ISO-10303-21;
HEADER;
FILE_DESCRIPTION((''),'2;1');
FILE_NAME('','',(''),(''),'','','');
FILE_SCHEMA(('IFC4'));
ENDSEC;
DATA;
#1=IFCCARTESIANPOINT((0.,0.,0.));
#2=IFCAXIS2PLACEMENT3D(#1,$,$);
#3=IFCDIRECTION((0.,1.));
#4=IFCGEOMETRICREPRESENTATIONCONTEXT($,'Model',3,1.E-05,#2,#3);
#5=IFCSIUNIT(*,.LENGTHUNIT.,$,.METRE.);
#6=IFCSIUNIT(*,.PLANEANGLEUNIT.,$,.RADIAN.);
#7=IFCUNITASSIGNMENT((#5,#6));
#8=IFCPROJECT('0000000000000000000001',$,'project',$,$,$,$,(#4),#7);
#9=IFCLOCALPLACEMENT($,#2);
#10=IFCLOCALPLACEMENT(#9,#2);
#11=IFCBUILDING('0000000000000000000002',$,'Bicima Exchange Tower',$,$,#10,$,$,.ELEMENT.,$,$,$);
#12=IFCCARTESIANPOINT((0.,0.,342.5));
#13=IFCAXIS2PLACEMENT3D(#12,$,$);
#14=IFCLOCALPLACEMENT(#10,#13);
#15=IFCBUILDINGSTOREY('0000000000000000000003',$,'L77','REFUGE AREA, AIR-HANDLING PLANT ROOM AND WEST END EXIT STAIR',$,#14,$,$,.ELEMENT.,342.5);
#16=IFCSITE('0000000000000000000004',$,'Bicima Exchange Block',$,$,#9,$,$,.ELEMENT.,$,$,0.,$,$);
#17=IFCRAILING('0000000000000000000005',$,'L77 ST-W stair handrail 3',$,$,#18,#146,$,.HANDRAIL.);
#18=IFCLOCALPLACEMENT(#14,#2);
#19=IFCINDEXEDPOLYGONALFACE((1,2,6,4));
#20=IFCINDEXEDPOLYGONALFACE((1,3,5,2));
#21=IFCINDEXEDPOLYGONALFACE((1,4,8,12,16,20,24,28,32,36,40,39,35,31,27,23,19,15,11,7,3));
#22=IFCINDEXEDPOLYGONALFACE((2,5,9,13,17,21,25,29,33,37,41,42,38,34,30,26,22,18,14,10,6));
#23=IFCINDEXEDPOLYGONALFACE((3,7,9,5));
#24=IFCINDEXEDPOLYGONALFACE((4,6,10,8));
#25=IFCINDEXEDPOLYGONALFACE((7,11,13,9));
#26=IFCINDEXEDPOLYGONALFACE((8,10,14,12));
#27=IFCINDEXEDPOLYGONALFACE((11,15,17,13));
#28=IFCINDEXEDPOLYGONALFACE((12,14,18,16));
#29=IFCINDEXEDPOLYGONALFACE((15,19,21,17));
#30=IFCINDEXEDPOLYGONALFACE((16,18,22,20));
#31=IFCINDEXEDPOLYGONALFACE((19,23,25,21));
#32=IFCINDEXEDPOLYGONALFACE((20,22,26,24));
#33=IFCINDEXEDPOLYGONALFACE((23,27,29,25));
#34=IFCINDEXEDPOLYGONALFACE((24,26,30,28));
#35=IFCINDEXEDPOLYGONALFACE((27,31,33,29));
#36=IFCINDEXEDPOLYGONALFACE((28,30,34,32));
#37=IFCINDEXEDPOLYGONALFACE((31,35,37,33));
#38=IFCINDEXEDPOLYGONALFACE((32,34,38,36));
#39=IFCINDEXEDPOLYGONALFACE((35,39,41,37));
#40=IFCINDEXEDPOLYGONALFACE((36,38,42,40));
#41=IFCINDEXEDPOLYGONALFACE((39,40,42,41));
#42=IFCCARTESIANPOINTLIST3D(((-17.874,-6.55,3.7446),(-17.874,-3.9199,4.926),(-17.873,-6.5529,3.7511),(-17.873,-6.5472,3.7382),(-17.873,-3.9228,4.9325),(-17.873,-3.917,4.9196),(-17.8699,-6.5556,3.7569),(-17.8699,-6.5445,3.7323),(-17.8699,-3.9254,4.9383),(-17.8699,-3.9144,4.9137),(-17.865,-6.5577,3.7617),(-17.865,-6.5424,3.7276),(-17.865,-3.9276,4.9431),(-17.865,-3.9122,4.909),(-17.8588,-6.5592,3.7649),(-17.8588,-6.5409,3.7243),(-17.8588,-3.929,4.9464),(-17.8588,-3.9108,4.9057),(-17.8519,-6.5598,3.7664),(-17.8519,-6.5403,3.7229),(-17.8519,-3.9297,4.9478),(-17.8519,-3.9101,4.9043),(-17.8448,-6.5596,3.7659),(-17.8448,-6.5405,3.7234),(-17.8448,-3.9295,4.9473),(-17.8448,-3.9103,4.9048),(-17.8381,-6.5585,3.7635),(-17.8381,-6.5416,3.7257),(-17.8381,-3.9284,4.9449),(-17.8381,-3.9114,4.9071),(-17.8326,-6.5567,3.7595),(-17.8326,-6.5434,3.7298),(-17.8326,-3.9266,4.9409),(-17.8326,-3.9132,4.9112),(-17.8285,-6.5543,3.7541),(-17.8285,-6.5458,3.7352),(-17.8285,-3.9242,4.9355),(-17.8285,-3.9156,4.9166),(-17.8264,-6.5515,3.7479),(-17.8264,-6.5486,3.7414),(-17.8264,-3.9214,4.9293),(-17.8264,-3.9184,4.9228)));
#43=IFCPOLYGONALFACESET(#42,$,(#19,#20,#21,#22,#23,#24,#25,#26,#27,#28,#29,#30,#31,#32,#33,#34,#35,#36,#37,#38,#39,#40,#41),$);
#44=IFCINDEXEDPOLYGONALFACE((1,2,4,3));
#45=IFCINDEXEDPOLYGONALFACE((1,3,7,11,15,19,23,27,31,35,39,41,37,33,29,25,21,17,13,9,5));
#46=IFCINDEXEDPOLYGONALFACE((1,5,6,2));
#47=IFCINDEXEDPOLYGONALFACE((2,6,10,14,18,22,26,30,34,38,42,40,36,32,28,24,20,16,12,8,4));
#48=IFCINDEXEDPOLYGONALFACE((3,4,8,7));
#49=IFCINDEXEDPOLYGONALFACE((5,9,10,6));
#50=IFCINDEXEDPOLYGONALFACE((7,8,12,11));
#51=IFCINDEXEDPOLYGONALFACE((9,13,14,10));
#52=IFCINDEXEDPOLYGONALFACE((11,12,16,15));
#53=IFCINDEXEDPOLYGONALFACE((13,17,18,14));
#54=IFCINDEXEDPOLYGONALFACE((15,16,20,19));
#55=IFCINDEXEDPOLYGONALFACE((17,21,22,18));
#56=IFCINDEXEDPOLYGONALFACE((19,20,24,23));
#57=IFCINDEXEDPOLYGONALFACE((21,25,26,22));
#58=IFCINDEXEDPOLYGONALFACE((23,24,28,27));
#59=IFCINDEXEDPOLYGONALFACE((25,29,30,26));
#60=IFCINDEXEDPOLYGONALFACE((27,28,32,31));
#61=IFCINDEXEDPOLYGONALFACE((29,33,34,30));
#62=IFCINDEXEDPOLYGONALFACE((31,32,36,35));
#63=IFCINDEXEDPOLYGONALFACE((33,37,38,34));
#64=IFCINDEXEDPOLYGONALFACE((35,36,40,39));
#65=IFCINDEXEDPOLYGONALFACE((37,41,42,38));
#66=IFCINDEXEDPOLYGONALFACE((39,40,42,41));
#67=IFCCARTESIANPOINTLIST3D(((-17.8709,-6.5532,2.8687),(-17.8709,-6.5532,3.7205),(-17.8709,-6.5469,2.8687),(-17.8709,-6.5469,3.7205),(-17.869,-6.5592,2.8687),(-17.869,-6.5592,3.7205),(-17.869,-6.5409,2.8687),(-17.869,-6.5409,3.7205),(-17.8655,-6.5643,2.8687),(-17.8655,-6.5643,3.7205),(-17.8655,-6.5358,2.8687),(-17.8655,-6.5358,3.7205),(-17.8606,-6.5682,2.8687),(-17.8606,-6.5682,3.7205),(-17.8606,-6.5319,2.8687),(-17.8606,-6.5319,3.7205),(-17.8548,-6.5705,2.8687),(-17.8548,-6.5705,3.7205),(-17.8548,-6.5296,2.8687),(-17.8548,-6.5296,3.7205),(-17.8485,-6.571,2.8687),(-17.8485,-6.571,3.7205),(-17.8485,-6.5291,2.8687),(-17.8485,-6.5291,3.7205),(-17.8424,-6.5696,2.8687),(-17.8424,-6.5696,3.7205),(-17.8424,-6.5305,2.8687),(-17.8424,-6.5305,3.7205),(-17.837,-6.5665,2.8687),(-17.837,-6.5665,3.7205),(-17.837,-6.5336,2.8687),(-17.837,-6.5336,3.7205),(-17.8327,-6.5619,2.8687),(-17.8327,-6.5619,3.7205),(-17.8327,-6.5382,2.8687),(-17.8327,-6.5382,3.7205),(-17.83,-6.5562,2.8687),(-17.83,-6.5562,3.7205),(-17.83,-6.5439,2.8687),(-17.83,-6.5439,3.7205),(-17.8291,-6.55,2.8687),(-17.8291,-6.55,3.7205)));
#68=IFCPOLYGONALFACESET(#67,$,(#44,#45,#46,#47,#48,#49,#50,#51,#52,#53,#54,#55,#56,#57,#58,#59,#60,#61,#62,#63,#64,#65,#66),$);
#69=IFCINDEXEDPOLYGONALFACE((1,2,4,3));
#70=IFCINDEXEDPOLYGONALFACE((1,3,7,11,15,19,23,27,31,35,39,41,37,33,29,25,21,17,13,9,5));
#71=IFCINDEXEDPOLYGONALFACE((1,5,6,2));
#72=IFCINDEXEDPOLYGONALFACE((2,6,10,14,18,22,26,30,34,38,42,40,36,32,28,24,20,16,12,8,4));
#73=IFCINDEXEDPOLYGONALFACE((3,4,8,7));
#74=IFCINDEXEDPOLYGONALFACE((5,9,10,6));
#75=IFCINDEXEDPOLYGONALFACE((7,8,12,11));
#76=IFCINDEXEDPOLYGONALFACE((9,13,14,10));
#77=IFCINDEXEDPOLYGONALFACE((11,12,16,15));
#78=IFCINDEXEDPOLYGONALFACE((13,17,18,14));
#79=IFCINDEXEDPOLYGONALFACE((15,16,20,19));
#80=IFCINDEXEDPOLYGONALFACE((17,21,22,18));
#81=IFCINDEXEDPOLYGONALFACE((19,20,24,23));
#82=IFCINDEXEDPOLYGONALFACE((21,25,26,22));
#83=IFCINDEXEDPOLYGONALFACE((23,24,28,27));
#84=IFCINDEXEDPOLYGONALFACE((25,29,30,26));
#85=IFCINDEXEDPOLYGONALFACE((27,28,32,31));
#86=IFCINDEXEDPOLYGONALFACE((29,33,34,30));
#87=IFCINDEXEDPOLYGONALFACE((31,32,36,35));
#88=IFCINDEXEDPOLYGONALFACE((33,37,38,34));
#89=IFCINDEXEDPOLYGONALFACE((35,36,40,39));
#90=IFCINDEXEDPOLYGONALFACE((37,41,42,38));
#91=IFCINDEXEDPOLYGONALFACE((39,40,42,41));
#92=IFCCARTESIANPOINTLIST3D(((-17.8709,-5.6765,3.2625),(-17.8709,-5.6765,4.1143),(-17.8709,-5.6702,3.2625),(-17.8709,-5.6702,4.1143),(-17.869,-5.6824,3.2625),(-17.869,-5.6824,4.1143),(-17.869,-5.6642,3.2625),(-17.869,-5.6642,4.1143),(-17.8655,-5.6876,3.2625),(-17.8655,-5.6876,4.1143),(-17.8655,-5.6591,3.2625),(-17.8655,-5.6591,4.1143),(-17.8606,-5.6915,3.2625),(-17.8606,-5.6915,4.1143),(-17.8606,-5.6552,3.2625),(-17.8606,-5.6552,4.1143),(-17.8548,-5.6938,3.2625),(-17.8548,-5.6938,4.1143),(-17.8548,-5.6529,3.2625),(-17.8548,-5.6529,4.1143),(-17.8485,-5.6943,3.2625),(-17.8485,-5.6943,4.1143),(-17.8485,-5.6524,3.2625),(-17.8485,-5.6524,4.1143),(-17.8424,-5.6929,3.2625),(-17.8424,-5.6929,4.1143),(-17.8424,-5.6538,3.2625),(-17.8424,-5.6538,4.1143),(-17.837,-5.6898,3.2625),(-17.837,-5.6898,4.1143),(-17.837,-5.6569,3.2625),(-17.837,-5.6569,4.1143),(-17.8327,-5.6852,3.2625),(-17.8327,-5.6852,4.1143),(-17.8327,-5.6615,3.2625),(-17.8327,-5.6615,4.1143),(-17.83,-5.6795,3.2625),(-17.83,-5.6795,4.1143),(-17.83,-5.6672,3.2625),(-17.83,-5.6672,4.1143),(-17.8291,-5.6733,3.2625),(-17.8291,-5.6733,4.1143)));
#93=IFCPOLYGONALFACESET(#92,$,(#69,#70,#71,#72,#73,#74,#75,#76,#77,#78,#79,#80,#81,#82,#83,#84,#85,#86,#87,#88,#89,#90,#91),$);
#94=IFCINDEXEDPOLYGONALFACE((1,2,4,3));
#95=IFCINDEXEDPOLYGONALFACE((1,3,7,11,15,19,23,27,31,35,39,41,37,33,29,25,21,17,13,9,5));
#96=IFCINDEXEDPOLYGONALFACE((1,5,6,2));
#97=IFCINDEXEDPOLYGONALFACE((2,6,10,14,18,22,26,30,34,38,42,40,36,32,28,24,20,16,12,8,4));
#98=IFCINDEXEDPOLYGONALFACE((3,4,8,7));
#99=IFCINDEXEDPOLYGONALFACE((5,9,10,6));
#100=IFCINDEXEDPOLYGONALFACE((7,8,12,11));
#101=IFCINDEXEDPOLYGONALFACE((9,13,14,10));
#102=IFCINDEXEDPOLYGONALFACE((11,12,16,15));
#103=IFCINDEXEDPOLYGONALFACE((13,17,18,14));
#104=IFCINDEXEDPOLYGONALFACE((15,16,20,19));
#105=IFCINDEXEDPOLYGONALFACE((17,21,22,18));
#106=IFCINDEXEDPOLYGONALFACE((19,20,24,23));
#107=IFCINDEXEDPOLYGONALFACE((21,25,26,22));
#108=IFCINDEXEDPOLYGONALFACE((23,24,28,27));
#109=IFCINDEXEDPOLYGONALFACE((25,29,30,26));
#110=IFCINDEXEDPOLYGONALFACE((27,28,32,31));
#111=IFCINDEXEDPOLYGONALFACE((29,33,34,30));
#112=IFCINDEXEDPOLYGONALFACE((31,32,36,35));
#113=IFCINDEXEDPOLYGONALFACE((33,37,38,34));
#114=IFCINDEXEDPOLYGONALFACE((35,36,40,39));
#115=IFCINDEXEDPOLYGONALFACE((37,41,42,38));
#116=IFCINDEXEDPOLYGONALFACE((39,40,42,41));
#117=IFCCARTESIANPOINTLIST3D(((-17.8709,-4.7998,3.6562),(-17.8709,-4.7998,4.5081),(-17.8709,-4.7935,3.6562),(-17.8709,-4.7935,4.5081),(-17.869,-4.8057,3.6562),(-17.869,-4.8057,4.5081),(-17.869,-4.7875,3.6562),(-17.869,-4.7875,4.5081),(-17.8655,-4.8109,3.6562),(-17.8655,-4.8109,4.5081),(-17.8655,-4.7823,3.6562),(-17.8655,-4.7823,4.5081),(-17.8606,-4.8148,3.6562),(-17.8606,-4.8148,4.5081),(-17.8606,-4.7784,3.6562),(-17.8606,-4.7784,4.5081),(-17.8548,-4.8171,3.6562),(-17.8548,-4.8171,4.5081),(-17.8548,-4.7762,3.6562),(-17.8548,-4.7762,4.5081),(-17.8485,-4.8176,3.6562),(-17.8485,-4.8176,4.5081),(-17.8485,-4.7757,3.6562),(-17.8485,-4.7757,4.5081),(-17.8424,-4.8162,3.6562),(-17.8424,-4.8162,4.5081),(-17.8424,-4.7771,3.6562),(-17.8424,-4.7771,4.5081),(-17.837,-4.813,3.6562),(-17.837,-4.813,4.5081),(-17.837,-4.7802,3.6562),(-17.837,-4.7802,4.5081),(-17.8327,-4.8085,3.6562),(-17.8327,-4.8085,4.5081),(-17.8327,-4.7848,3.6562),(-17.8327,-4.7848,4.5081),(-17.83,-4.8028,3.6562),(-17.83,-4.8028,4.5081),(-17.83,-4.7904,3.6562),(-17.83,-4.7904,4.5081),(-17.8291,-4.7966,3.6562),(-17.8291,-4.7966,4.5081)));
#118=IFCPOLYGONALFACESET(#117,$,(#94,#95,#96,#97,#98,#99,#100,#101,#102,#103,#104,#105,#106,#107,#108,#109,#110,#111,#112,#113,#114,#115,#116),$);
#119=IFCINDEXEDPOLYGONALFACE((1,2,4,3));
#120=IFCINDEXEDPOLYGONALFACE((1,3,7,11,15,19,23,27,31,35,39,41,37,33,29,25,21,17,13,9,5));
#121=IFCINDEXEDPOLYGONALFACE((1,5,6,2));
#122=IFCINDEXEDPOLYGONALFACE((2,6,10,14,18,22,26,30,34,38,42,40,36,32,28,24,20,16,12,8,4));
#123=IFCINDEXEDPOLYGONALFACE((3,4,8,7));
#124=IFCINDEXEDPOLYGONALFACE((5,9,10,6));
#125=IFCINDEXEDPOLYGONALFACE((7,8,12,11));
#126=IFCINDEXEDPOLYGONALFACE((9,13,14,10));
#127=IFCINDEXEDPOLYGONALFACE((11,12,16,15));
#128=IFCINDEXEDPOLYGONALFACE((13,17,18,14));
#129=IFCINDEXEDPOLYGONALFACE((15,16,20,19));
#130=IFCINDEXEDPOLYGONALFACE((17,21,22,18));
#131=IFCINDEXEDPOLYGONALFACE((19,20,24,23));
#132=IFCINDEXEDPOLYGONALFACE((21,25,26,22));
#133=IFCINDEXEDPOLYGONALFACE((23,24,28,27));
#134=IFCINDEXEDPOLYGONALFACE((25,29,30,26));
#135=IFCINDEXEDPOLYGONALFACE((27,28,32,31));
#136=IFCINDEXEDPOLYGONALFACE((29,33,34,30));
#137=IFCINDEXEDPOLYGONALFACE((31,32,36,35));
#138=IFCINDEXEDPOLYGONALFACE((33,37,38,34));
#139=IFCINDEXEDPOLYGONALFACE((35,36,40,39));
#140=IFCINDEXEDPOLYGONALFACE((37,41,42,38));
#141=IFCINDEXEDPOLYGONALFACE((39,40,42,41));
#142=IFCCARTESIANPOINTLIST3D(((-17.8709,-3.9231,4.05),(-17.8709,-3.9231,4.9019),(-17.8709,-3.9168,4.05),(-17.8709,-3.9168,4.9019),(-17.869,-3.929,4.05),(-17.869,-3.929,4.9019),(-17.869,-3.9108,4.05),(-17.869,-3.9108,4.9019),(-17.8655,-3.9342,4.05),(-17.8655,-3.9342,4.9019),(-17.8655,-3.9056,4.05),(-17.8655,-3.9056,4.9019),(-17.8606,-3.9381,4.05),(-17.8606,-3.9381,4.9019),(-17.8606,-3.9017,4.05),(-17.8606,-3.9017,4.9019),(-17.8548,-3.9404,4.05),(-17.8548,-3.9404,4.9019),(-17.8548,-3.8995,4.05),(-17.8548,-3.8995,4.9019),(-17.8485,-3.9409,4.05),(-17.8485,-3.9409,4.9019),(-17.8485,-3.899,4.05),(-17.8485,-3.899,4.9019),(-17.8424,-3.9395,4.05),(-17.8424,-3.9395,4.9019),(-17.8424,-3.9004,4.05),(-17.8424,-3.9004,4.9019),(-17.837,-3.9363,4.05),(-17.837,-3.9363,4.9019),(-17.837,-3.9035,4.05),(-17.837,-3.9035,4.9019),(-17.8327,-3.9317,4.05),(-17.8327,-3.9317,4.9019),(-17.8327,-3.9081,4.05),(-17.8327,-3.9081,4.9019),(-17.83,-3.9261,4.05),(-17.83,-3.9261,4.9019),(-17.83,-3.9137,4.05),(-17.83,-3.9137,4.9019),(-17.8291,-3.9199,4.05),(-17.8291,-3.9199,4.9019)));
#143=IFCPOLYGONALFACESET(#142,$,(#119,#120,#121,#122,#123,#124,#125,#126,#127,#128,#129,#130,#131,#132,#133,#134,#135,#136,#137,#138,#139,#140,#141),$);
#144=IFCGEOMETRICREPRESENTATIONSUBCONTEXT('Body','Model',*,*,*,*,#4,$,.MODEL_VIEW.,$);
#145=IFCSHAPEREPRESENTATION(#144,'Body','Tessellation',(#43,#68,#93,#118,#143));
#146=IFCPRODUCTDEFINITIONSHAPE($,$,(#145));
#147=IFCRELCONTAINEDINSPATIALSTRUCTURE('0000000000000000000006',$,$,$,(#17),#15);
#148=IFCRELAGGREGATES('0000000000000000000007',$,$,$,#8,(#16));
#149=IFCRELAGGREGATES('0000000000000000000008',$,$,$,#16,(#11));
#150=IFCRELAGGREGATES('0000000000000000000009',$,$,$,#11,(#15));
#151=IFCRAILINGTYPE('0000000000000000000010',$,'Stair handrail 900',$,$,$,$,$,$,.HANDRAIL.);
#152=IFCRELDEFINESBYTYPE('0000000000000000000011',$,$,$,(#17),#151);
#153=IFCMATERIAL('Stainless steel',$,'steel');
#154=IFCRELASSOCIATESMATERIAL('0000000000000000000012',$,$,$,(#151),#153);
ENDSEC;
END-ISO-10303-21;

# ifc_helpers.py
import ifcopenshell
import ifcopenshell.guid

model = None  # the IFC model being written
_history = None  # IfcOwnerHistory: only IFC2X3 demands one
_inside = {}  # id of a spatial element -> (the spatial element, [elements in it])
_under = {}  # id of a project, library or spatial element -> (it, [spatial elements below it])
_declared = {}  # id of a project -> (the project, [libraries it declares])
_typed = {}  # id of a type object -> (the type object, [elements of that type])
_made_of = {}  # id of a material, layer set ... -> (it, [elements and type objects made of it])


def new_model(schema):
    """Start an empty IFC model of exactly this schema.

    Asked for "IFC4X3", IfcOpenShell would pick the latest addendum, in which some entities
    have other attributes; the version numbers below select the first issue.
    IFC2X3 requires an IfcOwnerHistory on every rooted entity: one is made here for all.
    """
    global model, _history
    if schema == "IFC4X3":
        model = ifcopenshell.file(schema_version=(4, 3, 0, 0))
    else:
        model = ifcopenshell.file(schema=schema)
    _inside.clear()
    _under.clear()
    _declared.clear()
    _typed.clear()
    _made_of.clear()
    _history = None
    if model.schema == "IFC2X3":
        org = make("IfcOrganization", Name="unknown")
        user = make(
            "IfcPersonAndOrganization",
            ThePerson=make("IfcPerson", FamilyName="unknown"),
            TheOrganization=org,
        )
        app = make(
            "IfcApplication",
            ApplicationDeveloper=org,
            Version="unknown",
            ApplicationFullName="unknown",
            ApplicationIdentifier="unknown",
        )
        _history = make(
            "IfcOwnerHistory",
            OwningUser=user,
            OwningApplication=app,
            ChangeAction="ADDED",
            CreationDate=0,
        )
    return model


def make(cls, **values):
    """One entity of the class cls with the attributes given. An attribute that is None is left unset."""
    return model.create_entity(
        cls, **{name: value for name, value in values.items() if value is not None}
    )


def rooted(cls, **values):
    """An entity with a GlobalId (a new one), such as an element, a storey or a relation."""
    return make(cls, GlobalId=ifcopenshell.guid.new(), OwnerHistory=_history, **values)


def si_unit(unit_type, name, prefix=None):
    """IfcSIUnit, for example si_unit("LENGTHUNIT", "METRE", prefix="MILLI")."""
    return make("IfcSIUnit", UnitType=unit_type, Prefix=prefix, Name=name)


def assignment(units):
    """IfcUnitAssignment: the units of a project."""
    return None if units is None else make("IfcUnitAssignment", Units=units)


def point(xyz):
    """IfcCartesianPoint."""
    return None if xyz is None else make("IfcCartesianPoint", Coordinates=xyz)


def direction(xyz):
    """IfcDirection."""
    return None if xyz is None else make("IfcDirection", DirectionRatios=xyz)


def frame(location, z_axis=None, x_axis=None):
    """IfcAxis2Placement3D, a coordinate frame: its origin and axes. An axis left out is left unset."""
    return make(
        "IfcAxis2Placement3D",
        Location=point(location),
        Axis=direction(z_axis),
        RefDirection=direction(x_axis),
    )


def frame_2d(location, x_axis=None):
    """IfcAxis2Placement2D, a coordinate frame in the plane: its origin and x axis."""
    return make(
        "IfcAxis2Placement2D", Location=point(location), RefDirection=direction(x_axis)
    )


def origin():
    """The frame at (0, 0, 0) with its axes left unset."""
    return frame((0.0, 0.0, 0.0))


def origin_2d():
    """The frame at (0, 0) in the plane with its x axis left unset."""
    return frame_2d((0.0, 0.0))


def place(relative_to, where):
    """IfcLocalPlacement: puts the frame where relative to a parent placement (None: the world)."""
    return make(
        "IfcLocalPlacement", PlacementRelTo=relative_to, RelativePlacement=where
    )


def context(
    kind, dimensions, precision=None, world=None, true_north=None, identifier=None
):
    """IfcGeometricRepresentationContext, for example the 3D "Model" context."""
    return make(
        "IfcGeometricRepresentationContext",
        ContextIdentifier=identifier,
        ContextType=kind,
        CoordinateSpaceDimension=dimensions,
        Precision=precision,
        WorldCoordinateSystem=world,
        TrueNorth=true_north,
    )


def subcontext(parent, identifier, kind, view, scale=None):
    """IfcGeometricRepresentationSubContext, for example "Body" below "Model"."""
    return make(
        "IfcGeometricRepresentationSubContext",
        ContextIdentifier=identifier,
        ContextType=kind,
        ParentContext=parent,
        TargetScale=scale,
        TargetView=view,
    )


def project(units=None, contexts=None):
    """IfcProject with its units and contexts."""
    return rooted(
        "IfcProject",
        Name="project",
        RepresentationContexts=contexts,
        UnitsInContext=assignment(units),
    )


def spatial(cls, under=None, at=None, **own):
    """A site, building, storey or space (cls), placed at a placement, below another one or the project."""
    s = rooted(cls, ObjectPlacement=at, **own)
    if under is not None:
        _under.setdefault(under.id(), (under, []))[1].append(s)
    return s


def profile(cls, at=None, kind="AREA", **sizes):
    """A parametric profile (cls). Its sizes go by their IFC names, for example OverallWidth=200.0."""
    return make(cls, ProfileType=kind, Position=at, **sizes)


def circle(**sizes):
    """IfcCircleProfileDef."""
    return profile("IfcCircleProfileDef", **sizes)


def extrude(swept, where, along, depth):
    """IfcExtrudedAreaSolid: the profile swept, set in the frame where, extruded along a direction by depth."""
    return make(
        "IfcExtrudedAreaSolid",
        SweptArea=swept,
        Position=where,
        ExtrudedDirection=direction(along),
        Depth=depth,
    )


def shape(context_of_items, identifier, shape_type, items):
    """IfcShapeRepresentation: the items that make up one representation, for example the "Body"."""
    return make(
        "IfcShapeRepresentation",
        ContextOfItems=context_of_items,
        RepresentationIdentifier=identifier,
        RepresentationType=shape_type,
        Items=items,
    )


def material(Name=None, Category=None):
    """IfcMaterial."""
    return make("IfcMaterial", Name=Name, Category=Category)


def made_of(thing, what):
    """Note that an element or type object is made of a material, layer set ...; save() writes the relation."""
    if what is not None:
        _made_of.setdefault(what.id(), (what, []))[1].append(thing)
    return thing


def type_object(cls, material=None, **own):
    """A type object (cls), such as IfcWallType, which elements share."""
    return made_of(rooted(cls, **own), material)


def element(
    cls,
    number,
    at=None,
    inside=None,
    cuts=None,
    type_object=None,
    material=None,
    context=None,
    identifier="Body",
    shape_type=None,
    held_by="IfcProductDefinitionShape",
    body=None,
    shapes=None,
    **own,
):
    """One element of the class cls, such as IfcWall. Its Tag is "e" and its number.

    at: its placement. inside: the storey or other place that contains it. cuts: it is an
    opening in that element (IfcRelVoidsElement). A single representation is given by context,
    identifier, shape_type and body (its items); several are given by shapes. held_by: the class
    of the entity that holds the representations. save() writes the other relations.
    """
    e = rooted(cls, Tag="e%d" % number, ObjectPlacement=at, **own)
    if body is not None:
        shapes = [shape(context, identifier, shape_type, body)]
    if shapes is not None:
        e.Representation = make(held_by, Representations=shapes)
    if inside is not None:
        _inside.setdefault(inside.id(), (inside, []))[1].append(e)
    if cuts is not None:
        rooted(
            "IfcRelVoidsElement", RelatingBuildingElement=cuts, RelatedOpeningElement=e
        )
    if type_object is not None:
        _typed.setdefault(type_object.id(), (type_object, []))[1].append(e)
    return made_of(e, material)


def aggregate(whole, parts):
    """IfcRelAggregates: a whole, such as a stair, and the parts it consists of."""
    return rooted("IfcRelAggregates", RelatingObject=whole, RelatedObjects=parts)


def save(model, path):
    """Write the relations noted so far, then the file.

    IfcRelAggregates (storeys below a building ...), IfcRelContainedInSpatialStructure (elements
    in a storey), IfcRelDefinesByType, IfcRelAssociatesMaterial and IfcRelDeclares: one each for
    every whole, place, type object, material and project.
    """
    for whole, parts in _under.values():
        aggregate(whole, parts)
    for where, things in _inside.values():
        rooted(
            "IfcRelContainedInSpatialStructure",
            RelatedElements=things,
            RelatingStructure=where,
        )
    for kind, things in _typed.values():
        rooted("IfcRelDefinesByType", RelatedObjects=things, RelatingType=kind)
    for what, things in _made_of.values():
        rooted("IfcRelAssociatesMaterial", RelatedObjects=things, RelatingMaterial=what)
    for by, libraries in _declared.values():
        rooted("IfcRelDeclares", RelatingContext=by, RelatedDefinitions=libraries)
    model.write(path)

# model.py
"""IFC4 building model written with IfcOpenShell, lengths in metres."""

from ifc_helpers import new_model, si_unit, direction, frame, origin, origin_2d, place, context, subcontext, project, spatial, circle, extrude, material, type_object, element, save


model = new_model("IFC4")

# Units and contexts
model_context = context("Model", 3, precision=1e-05, world=origin(), true_north=direction((0.0, 1.0)))
body_context = subcontext(model_context, "Body", "Model", "MODEL_VIEW")
ifc_project = project(units=[si_unit("LENGTHUNIT", "METRE"), si_unit("PLANEANGLEUNIT", "RADIAN")], contexts=[model_context])

# Site, building, storey
site_placement = place(None, origin())
site = spatial("IfcSite", under=ifc_project, at=site_placement, Name="Bicima Exchange Block", CompositionType="ELEMENT", RefElevation=0.0)
building_placement = place(site_placement, origin())
building = spatial("IfcBuilding", under=site, at=building_placement, Name="Bicima Exchange Tower", CompositionType="ELEMENT")
storey_placement = place(building_placement, frame((0.0, 0.0, 342.5)))
storey = spatial("IfcBuildingStorey", under=building, at=storey_placement, Name="L77", Description="REFUGE AREA, AIR-HANDLING PLANT ROOM AND WEST END EXIT STAIR", CompositionType="ELEMENT", Elevation=342.5)

# Shared definitions
ifc_material_1 = material(Name="Stainless steel", Category="steel")

# Railing
railing_type_1 = type_object("IfcRailingType", Name="Stair handrail 900", PredefinedType="HANDRAIL", material=ifc_material_1)
railing_1_placement = place(storey_placement, frame((-17.8501, -6.55, 2.8687)))
element("IfcRailing", 1, at=railing_1_placement, inside=storey, type_object=railing_type_1, Name="L77 ST-W stair handrail 3", PredefinedType="HANDRAIL", context=body_context, shape_type="SweptSolid", body=[
    extrude(circle(Radius=0.0239, at=origin_2d()), frame((0.0, 0.0, 0.876), z_axis=(0.0, 0.912202, 0.409741), x_axis=(-1.0, 0.0, 0.0)), (0.0, 0.0, 1.0), 2.8833),
    extrude(circle(Radius=0.021, at=origin_2d()), origin(), (0.0, 0.0, 1.0), 0.8518),
    extrude(circle(Radius=0.021, at=origin_2d()), frame((0.0, 0.8767, 0.3938)), (0.0, 0.0, 1.0), 0.8518),
    extrude(circle(Radius=0.021, at=origin_2d()), frame((0.0, 1.7534, 0.7876)), (0.0, 0.0, 1.0), 0.8518),
    extrude(circle(Radius=0.021, at=origin_2d()), frame((0.0, 2.6301, 1.1814)), (0.0, 0.0, 1.0), 0.8518),
])

save(model, "model.ifc")
